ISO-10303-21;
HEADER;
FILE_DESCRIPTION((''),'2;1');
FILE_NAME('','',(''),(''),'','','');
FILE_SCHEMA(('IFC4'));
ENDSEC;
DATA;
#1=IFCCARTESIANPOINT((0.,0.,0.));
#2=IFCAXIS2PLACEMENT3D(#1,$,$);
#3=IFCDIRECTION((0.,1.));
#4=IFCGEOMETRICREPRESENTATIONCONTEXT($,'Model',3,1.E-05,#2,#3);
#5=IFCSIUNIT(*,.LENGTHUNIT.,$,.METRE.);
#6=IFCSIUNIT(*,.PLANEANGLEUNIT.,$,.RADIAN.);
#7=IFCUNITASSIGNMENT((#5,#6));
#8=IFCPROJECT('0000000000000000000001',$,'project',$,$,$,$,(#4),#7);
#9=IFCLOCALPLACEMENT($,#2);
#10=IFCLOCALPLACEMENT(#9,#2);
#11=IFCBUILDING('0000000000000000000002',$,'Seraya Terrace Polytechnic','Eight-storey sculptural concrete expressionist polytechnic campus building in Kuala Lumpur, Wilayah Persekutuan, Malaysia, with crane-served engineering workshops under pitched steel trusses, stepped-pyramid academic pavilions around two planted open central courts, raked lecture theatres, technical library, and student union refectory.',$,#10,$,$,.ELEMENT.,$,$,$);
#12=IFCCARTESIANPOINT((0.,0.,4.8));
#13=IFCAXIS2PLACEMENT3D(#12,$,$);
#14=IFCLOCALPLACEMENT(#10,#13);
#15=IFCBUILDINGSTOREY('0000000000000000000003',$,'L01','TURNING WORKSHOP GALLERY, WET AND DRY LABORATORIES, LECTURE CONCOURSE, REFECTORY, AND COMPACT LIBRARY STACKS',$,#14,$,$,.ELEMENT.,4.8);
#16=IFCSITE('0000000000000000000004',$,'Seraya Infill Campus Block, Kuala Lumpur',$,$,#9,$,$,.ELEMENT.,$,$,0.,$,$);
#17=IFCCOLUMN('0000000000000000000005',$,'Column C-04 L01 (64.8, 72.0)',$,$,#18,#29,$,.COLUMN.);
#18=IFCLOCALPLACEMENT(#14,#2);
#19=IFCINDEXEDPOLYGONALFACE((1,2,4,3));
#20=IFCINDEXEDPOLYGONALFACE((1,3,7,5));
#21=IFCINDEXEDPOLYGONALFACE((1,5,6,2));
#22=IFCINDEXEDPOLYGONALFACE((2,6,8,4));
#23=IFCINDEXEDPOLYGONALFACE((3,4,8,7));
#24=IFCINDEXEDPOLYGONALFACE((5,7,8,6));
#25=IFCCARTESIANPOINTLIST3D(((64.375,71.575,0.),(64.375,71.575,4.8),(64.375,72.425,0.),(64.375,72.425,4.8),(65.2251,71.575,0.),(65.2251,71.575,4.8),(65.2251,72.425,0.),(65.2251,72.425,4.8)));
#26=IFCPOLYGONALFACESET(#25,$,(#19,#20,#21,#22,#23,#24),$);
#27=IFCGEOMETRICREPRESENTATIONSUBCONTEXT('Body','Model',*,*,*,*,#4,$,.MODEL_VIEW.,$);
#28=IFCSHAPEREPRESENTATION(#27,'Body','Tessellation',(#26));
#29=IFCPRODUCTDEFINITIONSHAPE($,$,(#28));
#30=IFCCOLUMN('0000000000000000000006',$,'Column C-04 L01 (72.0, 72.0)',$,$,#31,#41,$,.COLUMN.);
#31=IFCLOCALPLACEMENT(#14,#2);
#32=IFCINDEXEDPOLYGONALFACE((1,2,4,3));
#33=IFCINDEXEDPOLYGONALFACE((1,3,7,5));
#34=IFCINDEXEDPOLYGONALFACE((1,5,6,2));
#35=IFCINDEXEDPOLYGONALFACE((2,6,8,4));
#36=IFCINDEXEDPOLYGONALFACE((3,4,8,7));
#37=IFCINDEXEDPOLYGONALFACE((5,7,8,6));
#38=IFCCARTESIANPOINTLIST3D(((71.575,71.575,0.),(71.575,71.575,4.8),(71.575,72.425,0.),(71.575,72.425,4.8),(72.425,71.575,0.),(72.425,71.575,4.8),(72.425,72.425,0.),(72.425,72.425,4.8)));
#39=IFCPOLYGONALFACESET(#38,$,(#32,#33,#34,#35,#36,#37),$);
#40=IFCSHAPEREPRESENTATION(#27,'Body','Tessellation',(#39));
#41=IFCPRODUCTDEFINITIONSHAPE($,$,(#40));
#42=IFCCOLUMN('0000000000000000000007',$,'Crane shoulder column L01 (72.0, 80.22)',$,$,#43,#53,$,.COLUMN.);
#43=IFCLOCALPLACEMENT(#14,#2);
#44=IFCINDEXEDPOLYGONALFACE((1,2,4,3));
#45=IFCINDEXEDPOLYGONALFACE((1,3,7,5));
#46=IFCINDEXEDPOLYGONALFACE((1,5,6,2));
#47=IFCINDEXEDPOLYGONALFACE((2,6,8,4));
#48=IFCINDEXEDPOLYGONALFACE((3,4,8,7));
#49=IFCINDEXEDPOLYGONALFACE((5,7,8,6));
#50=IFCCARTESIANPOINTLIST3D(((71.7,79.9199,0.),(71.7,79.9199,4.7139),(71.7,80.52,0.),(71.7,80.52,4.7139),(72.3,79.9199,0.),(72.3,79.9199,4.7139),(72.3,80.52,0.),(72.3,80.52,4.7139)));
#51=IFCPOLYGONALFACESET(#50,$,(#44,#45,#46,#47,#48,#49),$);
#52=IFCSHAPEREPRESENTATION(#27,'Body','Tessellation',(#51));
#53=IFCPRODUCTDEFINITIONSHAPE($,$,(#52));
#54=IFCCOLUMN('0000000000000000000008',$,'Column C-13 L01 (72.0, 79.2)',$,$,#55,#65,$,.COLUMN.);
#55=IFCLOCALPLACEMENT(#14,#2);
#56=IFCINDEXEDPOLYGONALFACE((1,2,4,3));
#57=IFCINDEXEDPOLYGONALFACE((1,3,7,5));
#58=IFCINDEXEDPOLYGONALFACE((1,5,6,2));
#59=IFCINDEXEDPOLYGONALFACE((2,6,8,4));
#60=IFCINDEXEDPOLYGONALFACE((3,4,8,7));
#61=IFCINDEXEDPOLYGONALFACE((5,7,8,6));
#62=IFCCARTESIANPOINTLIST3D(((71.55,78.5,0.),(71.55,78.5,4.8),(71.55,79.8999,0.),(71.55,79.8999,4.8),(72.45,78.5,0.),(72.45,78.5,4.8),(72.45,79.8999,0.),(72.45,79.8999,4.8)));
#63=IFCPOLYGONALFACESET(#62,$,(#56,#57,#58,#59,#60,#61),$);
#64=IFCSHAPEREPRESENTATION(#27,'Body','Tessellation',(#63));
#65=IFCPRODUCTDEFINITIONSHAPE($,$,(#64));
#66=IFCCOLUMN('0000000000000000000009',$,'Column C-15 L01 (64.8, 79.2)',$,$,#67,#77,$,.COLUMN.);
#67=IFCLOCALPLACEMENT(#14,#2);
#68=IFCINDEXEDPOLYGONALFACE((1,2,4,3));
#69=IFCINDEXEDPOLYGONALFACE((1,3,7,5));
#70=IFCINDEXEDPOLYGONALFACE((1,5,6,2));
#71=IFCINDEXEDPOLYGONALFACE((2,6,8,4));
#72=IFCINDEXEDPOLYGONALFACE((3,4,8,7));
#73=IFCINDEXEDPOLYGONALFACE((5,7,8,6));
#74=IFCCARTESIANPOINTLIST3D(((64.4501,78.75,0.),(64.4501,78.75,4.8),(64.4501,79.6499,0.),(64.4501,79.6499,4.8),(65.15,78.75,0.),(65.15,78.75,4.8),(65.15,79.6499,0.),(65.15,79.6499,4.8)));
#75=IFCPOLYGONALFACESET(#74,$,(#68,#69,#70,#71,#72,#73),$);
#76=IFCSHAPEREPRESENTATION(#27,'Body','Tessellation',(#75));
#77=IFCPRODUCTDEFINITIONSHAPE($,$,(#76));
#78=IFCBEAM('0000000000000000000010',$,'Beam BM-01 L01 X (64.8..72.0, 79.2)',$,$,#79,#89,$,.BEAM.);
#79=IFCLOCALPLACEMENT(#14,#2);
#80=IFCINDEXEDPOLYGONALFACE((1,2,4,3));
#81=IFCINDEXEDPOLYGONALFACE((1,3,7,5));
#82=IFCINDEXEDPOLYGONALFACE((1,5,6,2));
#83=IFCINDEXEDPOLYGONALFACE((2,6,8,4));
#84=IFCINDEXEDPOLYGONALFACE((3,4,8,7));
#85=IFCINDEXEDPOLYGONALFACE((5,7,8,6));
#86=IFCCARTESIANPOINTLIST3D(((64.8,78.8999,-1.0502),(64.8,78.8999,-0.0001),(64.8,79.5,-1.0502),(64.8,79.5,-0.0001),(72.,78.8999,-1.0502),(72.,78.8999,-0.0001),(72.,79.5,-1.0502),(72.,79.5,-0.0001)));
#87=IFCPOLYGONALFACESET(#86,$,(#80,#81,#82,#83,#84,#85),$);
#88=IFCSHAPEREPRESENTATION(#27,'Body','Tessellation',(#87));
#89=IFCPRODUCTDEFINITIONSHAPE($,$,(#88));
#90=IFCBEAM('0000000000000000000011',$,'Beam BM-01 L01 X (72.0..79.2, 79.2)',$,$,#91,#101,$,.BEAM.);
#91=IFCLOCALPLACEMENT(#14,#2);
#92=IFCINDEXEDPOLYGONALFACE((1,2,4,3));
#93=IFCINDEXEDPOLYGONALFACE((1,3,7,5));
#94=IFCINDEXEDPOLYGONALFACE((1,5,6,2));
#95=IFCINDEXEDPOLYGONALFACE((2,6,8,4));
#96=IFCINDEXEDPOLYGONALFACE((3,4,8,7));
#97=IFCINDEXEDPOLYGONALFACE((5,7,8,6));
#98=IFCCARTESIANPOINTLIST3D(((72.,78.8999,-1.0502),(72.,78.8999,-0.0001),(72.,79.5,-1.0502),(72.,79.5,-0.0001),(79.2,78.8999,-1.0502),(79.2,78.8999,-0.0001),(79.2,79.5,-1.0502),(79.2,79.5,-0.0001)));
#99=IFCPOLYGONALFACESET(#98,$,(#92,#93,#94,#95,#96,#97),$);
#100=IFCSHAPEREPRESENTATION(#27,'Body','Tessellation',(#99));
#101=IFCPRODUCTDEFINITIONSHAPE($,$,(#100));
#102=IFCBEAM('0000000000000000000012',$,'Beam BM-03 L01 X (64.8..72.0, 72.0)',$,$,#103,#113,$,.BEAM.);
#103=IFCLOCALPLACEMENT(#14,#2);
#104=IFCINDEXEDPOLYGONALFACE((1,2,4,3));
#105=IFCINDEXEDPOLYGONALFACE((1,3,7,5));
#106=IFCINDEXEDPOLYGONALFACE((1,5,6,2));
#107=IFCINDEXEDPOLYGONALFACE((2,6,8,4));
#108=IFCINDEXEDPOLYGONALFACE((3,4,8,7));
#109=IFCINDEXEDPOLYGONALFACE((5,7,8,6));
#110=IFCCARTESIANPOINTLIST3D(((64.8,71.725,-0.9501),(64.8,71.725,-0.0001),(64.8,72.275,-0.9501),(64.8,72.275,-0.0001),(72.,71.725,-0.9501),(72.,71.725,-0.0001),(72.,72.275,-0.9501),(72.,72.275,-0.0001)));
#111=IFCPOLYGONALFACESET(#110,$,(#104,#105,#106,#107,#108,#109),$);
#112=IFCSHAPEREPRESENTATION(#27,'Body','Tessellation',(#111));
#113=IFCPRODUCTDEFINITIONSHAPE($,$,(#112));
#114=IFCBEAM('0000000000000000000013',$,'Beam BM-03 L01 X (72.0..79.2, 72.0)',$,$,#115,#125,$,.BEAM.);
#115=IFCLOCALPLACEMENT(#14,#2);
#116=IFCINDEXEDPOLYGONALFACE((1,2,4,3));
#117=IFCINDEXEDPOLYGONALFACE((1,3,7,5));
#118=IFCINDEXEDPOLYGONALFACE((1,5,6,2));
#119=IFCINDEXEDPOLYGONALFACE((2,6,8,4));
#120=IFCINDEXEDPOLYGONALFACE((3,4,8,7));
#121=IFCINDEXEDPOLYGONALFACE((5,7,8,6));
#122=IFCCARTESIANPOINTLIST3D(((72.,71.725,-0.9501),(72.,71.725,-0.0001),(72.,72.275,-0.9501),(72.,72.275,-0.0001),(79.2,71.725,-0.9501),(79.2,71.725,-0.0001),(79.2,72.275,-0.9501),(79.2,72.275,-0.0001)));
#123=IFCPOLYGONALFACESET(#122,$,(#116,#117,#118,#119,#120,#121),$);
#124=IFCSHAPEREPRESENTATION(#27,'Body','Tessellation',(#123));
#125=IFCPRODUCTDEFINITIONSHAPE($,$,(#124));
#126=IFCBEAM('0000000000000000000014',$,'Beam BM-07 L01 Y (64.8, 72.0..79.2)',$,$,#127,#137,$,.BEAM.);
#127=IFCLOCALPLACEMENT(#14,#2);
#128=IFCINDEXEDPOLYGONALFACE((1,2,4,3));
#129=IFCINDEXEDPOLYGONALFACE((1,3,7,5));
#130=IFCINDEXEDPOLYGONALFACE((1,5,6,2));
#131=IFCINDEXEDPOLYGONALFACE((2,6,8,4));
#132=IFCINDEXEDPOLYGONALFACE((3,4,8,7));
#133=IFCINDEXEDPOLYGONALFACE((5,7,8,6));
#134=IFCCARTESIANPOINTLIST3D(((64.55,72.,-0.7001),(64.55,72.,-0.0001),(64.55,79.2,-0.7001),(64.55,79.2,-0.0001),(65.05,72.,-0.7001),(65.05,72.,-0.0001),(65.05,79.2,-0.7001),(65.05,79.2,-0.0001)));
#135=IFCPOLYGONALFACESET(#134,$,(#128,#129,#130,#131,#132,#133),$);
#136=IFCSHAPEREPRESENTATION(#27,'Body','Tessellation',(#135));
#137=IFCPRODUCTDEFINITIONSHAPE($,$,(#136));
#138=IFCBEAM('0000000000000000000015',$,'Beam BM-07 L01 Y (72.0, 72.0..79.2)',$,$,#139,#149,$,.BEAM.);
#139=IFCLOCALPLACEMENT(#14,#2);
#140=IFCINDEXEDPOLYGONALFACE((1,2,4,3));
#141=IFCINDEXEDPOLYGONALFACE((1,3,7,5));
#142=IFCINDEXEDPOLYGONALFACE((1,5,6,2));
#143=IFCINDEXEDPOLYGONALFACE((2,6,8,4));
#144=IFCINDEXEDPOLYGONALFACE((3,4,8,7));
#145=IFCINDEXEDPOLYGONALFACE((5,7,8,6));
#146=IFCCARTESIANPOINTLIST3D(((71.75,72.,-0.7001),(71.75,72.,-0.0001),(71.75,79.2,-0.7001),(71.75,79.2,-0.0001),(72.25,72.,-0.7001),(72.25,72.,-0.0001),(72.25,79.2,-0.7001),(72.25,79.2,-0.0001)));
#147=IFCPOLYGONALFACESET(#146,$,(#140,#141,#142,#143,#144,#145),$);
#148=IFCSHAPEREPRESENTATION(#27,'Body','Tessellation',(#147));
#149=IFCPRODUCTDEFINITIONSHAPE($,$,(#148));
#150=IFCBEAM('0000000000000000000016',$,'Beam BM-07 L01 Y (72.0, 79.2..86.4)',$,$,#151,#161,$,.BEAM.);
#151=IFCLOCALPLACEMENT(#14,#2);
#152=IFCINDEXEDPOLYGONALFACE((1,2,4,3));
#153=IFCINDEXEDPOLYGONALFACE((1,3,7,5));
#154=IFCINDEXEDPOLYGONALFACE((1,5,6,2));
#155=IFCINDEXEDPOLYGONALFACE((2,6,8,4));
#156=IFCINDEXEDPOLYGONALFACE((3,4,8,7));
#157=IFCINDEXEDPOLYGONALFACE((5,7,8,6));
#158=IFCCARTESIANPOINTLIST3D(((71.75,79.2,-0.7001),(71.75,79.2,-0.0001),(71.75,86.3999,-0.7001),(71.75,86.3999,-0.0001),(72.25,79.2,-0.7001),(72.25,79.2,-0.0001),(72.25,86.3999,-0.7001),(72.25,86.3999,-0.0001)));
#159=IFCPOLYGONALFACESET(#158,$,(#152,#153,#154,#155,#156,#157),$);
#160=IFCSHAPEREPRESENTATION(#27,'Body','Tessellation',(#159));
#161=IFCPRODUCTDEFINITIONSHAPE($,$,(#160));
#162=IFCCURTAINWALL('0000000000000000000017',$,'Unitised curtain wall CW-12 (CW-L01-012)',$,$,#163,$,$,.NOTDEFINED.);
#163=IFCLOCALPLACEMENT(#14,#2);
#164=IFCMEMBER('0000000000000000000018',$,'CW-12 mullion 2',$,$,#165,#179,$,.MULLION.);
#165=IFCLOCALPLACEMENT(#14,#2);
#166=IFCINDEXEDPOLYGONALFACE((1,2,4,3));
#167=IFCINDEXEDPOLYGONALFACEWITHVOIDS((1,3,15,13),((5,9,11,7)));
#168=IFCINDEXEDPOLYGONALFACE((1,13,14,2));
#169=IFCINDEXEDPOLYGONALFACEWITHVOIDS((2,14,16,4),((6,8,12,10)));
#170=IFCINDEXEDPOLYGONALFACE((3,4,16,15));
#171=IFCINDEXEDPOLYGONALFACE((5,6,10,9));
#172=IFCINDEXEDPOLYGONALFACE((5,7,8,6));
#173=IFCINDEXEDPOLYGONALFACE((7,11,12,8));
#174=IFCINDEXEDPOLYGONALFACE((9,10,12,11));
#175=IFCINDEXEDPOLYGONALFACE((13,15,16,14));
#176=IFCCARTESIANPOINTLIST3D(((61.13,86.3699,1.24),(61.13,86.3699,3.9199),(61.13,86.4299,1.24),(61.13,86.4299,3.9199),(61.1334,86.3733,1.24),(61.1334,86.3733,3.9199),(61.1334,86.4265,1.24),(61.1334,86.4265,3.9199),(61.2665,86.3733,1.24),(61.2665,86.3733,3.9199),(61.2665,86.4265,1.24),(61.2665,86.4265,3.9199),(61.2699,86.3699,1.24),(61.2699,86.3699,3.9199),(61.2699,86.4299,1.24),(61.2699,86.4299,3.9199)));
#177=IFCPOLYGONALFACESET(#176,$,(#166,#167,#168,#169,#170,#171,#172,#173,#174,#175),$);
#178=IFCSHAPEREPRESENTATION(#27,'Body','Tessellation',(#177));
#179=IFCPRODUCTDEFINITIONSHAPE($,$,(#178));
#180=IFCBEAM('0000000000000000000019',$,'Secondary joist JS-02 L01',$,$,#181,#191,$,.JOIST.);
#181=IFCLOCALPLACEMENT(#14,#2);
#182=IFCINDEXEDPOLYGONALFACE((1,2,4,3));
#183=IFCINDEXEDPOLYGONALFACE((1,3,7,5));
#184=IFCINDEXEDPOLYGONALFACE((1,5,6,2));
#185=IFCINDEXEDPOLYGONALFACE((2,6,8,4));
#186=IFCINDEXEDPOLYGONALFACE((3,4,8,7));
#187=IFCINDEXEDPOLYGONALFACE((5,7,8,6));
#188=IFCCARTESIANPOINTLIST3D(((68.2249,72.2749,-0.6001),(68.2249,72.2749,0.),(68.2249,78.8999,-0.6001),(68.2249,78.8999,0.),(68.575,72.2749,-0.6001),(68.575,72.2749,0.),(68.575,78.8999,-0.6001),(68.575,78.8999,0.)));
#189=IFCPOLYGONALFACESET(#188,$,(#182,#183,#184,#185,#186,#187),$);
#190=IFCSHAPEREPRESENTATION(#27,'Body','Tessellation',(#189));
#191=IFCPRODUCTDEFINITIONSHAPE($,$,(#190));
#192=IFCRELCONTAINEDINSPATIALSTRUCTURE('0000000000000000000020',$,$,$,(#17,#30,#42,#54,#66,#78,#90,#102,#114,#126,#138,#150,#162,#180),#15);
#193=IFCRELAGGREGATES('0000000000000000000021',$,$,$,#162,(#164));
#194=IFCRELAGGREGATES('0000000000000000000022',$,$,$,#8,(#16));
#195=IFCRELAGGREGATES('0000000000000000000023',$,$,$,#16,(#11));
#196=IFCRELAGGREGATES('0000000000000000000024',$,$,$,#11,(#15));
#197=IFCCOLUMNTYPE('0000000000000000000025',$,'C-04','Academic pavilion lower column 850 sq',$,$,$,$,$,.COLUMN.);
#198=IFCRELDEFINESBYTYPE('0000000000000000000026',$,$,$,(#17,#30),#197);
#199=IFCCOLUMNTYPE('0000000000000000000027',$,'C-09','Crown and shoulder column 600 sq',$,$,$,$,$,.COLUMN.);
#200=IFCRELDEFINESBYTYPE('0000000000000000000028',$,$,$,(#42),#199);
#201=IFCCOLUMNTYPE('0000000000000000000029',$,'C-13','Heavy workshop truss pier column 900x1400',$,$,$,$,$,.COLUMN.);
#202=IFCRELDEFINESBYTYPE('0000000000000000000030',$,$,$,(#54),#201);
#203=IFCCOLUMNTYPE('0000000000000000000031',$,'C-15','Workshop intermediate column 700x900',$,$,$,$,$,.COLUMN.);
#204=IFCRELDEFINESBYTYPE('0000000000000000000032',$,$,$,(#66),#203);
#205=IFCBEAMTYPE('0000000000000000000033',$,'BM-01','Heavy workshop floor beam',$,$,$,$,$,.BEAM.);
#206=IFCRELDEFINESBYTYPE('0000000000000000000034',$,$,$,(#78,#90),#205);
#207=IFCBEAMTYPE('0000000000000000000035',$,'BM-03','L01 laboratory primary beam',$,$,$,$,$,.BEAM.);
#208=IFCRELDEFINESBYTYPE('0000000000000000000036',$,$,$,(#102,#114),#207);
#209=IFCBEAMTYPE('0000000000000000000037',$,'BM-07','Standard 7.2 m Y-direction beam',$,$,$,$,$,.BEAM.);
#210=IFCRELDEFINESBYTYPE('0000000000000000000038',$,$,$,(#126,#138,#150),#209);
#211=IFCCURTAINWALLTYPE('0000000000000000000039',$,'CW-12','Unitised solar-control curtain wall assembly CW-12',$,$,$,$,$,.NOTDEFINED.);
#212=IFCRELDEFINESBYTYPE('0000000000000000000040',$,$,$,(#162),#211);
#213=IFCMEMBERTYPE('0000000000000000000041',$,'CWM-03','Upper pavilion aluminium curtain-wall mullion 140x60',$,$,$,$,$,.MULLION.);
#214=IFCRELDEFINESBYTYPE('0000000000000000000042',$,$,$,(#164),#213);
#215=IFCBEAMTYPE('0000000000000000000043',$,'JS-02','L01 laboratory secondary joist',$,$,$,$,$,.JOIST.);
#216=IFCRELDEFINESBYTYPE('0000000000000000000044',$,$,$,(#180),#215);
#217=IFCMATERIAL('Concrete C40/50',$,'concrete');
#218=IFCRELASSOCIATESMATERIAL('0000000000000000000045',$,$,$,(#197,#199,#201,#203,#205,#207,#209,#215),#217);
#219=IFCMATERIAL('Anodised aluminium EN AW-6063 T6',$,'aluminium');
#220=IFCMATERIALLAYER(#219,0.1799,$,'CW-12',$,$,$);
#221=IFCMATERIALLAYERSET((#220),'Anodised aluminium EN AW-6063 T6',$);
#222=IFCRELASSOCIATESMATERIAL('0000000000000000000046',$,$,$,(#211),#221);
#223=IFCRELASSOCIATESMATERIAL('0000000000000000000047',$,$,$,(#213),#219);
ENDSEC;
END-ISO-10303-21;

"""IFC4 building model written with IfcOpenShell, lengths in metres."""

from ifc_helpers import new_model, si_unit, direction, frame, origin, origin_2d, place, context, subcontext, project, spatial, rectangle, hollow_rectangle, extrude, material, layer, layer_set, material_profile, profile_set, type_object, element, aggregate, save


model = new_model("IFC4")

# Units and contexts
model_context = context("Model", 3, precision=1e-05, world=origin(), true_north=direction((0.0, 1.0)))
body_context = subcontext(model_context, "Body", "Model", "MODEL_VIEW")
ifc_project = project(units=[si_unit("LENGTHUNIT", "METRE"), si_unit("PLANEANGLEUNIT", "RADIAN")], contexts=[model_context])

# Site, building, storey
site_placement = place(None, origin())
site = spatial("IfcSite", under=ifc_project, at=site_placement, Name="Seraya Infill Campus Block, Kuala Lumpur", CompositionType="ELEMENT", RefElevation=0.0)
building_placement = place(site_placement, origin())
building = spatial("IfcBuilding", under=site, at=building_placement, Name="Seraya Terrace Polytechnic", Description="Eight-storey sculptural concrete expressionist polytechnic campus building in Kuala Lumpur, Wilayah Persekutuan, Malaysia, with crane-served engineering workshops under pitched steel trusses, stepped-pyramid academic pavilions around two planted open central courts, raked lecture theatres, technical library, and student union refectory.", CompositionType="ELEMENT")
storey_placement = place(building_placement, frame((0.0, 0.0, 4.8)))
storey = spatial("IfcBuildingStorey", under=building, at=storey_placement, Name="L01", Description="TURNING WORKSHOP GALLERY, WET AND DRY LABORATORIES, LECTURE CONCOURSE, REFECTORY, AND COMPACT LIBRARY STACKS", CompositionType="ELEMENT", Elevation=4.8)

# Columns
ifc_material_1 = material(Name="Concrete C40/50", Category="concrete")
ifc_material_profile_1 = material_profile(ifc_material_1, rectangle(XDim=0.8501, YDim=0.8501, at=origin_2d()), Name="RC 850x850")
ifc_profile_set_1 = profile_set([ifc_material_profile_1], Name="Concrete C40/50")
column_type_1 = type_object("IfcColumnType", Name="C-04", Description="Academic pavilion lower column 850 sq", PredefinedType="COLUMN", material=ifc_profile_set_1)
for number, where, z_axis, x_axis, name in (
    (1, (64.8, 72.0, 0.0), (0.0, 0.0, 1.0), (1.0, 0.0, 0.0), "Column C-04 L01 (64.8, 72.0)"),
    (2, (72.0, 72.0, 0.0), (0.0, 0.0, 1.0), (1.0, 0.0, 0.0), "Column C-04 L01 (72.0, 72.0)"),
):
    element("IfcColumn", number, at=place(storey_placement, frame(where, z_axis=z_axis, x_axis=x_axis)), inside=storey, type_object=column_type_1, Name=name, PredefinedType="COLUMN", context=body_context, shape_type="SweptSolid", body=[
        extrude(rectangle(XDim=0.8501, YDim=0.8501, at=origin_2d()), origin(), (0.0, 0.0, 1.0), 4.8),
    ])
ifc_material_profile_2 = material_profile(ifc_material_1, rectangle(XDim=0.6001, YDim=0.6001, at=origin_2d()), Name="RC 600x600")
ifc_profile_set_2 = profile_set([ifc_material_profile_2], Name="Concrete C40/50")
column_type_2 = type_object("IfcColumnType", Name="C-09", Description="Crown and shoulder column 600 sq", PredefinedType="COLUMN", material=ifc_profile_set_2)
column_1_placement = place(storey_placement, frame((72.0, 80.22, 0.0), z_axis=(0.0, 0.0, 1.0), x_axis=(1.0, 0.0, 0.0)))
element("IfcColumn", 3, at=column_1_placement, inside=storey, type_object=column_type_2, Name="Crane shoulder column L01 (72.0, 80.22)", PredefinedType="COLUMN", context=body_context, shape_type="SweptSolid", body=[
    extrude(rectangle(XDim=0.6001, YDim=0.6001, at=origin_2d()), origin(), (0.0, 0.0, 1.0), 4.7139),
])
ifc_material_profile_3 = material_profile(ifc_material_1, rectangle(XDim=0.8999, YDim=1.3999, at=origin_2d()), Name="RC 900x1400")
ifc_profile_set_3 = profile_set([ifc_material_profile_3], Name="Concrete C40/50")
column_type_3 = type_object("IfcColumnType", Name="C-13", Description="Heavy workshop truss pier column 900x1400", PredefinedType="COLUMN", material=ifc_profile_set_3)
column_2_placement = place(storey_placement, frame((72.0, 79.2, 0.0), z_axis=(0.0, 0.0, 1.0), x_axis=(1.0, 0.0, 0.0)))
element("IfcColumn", 4, at=column_2_placement, inside=storey, type_object=column_type_3, Name="Column C-13 L01 (72.0, 79.2)", PredefinedType="COLUMN", context=body_context, shape_type="SweptSolid", body=[
    extrude(rectangle(XDim=0.8999, YDim=1.3999, at=origin_2d()), origin(), (0.0, 0.0, 1.0), 4.8),
])
ifc_material_profile_4 = material_profile(ifc_material_1, rectangle(XDim=0.7, YDim=0.8999, at=origin_2d()), Name="RC 700x900")
ifc_profile_set_4 = profile_set([ifc_material_profile_4], Name="Concrete C40/50")
column_type_4 = type_object("IfcColumnType", Name="C-15", Description="Workshop intermediate column 700x900", PredefinedType="COLUMN", material=ifc_profile_set_4)
column_3_placement = place(storey_placement, frame((64.8, 79.2, 0.0), z_axis=(0.0, 0.0, 1.0), x_axis=(1.0, 0.0, 0.0)))
element("IfcColumn", 5, at=column_3_placement, inside=storey, type_object=column_type_4, Name="Column C-15 L01 (64.8, 79.2)", PredefinedType="COLUMN", context=body_context, shape_type="SweptSolid", body=[
    extrude(rectangle(XDim=0.7, YDim=0.8999, at=origin_2d()), origin(), (0.0, 0.0, 1.0), 4.8),
])

# Beams
ifc_material_profile_5 = material_profile(ifc_material_1, rectangle(XDim=0.6001, YDim=1.05, at=origin_2d()), Name="RC 600x1050")
ifc_profile_set_5 = profile_set([ifc_material_profile_5], Name="Concrete C40/50")
beam_type_1 = type_object("IfcBeamType", Name="BM-01", Description="Heavy workshop floor beam", PredefinedType="BEAM", material=ifc_profile_set_5)
for number, where, z_axis, x_axis, name in (
    (6, (64.8, 79.2, -0.5251), (1.0, 0.0, 0.0), (0.0, 1.0, 0.0), "Beam BM-01 L01 X (64.8..72.0, 79.2)"),
    (7, (72.0, 79.2, -0.5251), (1.0, 0.0, 0.0), (0.0, 1.0, 0.0), "Beam BM-01 L01 X (72.0..79.2, 79.2)"),
):
    element("IfcBeam", number, at=place(storey_placement, frame(where, z_axis=z_axis, x_axis=x_axis)), inside=storey, type_object=beam_type_1, Name=name, PredefinedType="BEAM", context=body_context, shape_type="SweptSolid", body=[
        extrude(rectangle(XDim=0.6001, YDim=1.05, at=origin_2d()), origin(), (0.0, 0.0, 1.0), 7.2),
    ])
ifc_material_profile_6 = material_profile(ifc_material_1, rectangle(XDim=0.55, YDim=0.95, at=origin_2d()), Name="RC 550x950")
ifc_profile_set_6 = profile_set([ifc_material_profile_6], Name="Concrete C40/50")
beam_type_2 = type_object("IfcBeamType", Name="BM-03", Description="L01 laboratory primary beam", PredefinedType="BEAM", material=ifc_profile_set_6)
for number, where, z_axis, x_axis, name in (
    (8, (64.8, 72.0, -0.4751), (1.0, 0.0, 0.0), (0.0, 1.0, 0.0), "Beam BM-03 L01 X (64.8..72.0, 72.0)"),
    (9, (72.0, 72.0, -0.4751), (1.0, 0.0, 0.0), (0.0, 1.0, 0.0), "Beam BM-03 L01 X (72.0..79.2, 72.0)"),
):
    element("IfcBeam", number, at=place(storey_placement, frame(where, z_axis=z_axis, x_axis=x_axis)), inside=storey, type_object=beam_type_2, Name=name, PredefinedType="BEAM", context=body_context, shape_type="SweptSolid", body=[
        extrude(rectangle(XDim=0.55, YDim=0.95, at=origin_2d()), origin(), (0.0, 0.0, 1.0), 7.2),
    ])
ifc_material_profile_7 = material_profile(ifc_material_1, rectangle(XDim=0.5, YDim=0.7, at=origin_2d()), Name="RC 500x700")
ifc_profile_set_7 = profile_set([ifc_material_profile_7], Name="Concrete C40/50")
beam_type_3 = type_object("IfcBeamType", Name="BM-07", Description="Standard 7.2 m Y-direction beam", PredefinedType="BEAM", material=ifc_profile_set_7)
for number, where, z_axis, x_axis, name in (
    (10, (64.8, 72.0, -0.3501), (0.0, 1.0, 0.0), (-1.0, 0.0, 0.0), "Beam BM-07 L01 Y (64.8, 72.0..79.2)"),
    (11, (72.0, 72.0, -0.3501), (0.0, 1.0, 0.0), (-1.0, 0.0, 0.0), "Beam BM-07 L01 Y (72.0, 72.0..79.2)"),
    (12, (72.0, 79.2, -0.3501), (0.0, 1.0, 0.0), (-1.0, 0.0, 0.0), "Beam BM-07 L01 Y (72.0, 79.2..86.4)"),
):
    element("IfcBeam", number, at=place(storey_placement, frame(where, z_axis=z_axis, x_axis=x_axis)), inside=storey, type_object=beam_type_3, Name=name, PredefinedType="BEAM", context=body_context, shape_type="SweptSolid", body=[
        extrude(rectangle(XDim=0.5, YDim=0.7, at=origin_2d()), origin(), (0.0, 0.0, 1.0), 7.2),
    ])

# Curtain wall, member
ifc_material_2 = material(Name="Anodised aluminium EN AW-6063 T6", Category="aluminium")
ifc_layer_1 = layer(ifc_material_2, 0.1799, Name="CW-12")
ifc_layer_set_1 = layer_set([ifc_layer_1], Name="Anodised aluminium EN AW-6063 T6")
curtain_wall_type = type_object("IfcCurtainWallType", Name="CW-12", Description="Unitised solar-control curtain wall assembly CW-12", PredefinedType="NOTDEFINED", material=ifc_layer_set_1)
curtain_wall_placement = place(storey_placement, origin())
curtain_wall = element("IfcCurtainWall", 13, at=curtain_wall_placement, inside=storey, type_object=curtain_wall_type, Name="Unitised curtain wall CW-12 (CW-L01-012)", PredefinedType="NOTDEFINED")
ifc_material_profile_8 = material_profile(ifc_material_2, hollow_rectangle(XDim=0.0601, YDim=0.1399, WallThickness=0.0034, at=origin_2d()), Name="RHS 140x60x3.5")
ifc_profile_set_8 = profile_set([ifc_material_profile_8], Name="Anodised aluminium EN AW-6063 T6")
member_type = type_object("IfcMemberType", Name="CWM-03", Description="Upper pavilion aluminium curtain-wall mullion 140x60", PredefinedType="MULLION", material=ifc_profile_set_8)
member_placement = place(storey_placement, frame((61.2, 86.3999, 1.24), z_axis=(0.0, 0.0, 1.0), x_axis=(0.0, 1.0, 0.0)))
member = element("IfcMember", 14, at=member_placement, type_object=member_type, Name="CW-12 mullion 2", PredefinedType="MULLION", context=body_context, shape_type="SweptSolid", body=[
    extrude(hollow_rectangle(XDim=0.0601, YDim=0.1399, WallThickness=0.0034, at=origin_2d()), origin(), (0.0, 0.0, 1.0), 2.6799),
])
aggregate(curtain_wall, [member])

# Beam
ifc_material_profile_9 = material_profile(ifc_material_1, rectangle(XDim=0.3501, YDim=0.6001, at=origin_2d()), Name="RC 350x600")
ifc_profile_set_9 = profile_set([ifc_material_profile_9], Name="Concrete C40/50")
beam_type_4 = type_object("IfcBeamType", Name="JS-02", Description="L01 laboratory secondary joist", PredefinedType="JOIST", material=ifc_profile_set_9)
beam_placement = place(storey_placement, frame((68.3999, 72.2749, -0.3), z_axis=(0.0, 1.0, 0.0), x_axis=(-1.0, 0.0, 0.0)))
element("IfcBeam", 15, at=beam_placement, inside=storey, type_object=beam_type_4, Name="Secondary joist JS-02 L01", PredefinedType="JOIST", context=body_context, shape_type="SweptSolid", body=[
    extrude(rectangle(XDim=0.3501, YDim=0.6001, at=origin_2d()), origin(), (0.0, 0.0, 1.0), 6.625),
])

save(model, "model.ifc")
